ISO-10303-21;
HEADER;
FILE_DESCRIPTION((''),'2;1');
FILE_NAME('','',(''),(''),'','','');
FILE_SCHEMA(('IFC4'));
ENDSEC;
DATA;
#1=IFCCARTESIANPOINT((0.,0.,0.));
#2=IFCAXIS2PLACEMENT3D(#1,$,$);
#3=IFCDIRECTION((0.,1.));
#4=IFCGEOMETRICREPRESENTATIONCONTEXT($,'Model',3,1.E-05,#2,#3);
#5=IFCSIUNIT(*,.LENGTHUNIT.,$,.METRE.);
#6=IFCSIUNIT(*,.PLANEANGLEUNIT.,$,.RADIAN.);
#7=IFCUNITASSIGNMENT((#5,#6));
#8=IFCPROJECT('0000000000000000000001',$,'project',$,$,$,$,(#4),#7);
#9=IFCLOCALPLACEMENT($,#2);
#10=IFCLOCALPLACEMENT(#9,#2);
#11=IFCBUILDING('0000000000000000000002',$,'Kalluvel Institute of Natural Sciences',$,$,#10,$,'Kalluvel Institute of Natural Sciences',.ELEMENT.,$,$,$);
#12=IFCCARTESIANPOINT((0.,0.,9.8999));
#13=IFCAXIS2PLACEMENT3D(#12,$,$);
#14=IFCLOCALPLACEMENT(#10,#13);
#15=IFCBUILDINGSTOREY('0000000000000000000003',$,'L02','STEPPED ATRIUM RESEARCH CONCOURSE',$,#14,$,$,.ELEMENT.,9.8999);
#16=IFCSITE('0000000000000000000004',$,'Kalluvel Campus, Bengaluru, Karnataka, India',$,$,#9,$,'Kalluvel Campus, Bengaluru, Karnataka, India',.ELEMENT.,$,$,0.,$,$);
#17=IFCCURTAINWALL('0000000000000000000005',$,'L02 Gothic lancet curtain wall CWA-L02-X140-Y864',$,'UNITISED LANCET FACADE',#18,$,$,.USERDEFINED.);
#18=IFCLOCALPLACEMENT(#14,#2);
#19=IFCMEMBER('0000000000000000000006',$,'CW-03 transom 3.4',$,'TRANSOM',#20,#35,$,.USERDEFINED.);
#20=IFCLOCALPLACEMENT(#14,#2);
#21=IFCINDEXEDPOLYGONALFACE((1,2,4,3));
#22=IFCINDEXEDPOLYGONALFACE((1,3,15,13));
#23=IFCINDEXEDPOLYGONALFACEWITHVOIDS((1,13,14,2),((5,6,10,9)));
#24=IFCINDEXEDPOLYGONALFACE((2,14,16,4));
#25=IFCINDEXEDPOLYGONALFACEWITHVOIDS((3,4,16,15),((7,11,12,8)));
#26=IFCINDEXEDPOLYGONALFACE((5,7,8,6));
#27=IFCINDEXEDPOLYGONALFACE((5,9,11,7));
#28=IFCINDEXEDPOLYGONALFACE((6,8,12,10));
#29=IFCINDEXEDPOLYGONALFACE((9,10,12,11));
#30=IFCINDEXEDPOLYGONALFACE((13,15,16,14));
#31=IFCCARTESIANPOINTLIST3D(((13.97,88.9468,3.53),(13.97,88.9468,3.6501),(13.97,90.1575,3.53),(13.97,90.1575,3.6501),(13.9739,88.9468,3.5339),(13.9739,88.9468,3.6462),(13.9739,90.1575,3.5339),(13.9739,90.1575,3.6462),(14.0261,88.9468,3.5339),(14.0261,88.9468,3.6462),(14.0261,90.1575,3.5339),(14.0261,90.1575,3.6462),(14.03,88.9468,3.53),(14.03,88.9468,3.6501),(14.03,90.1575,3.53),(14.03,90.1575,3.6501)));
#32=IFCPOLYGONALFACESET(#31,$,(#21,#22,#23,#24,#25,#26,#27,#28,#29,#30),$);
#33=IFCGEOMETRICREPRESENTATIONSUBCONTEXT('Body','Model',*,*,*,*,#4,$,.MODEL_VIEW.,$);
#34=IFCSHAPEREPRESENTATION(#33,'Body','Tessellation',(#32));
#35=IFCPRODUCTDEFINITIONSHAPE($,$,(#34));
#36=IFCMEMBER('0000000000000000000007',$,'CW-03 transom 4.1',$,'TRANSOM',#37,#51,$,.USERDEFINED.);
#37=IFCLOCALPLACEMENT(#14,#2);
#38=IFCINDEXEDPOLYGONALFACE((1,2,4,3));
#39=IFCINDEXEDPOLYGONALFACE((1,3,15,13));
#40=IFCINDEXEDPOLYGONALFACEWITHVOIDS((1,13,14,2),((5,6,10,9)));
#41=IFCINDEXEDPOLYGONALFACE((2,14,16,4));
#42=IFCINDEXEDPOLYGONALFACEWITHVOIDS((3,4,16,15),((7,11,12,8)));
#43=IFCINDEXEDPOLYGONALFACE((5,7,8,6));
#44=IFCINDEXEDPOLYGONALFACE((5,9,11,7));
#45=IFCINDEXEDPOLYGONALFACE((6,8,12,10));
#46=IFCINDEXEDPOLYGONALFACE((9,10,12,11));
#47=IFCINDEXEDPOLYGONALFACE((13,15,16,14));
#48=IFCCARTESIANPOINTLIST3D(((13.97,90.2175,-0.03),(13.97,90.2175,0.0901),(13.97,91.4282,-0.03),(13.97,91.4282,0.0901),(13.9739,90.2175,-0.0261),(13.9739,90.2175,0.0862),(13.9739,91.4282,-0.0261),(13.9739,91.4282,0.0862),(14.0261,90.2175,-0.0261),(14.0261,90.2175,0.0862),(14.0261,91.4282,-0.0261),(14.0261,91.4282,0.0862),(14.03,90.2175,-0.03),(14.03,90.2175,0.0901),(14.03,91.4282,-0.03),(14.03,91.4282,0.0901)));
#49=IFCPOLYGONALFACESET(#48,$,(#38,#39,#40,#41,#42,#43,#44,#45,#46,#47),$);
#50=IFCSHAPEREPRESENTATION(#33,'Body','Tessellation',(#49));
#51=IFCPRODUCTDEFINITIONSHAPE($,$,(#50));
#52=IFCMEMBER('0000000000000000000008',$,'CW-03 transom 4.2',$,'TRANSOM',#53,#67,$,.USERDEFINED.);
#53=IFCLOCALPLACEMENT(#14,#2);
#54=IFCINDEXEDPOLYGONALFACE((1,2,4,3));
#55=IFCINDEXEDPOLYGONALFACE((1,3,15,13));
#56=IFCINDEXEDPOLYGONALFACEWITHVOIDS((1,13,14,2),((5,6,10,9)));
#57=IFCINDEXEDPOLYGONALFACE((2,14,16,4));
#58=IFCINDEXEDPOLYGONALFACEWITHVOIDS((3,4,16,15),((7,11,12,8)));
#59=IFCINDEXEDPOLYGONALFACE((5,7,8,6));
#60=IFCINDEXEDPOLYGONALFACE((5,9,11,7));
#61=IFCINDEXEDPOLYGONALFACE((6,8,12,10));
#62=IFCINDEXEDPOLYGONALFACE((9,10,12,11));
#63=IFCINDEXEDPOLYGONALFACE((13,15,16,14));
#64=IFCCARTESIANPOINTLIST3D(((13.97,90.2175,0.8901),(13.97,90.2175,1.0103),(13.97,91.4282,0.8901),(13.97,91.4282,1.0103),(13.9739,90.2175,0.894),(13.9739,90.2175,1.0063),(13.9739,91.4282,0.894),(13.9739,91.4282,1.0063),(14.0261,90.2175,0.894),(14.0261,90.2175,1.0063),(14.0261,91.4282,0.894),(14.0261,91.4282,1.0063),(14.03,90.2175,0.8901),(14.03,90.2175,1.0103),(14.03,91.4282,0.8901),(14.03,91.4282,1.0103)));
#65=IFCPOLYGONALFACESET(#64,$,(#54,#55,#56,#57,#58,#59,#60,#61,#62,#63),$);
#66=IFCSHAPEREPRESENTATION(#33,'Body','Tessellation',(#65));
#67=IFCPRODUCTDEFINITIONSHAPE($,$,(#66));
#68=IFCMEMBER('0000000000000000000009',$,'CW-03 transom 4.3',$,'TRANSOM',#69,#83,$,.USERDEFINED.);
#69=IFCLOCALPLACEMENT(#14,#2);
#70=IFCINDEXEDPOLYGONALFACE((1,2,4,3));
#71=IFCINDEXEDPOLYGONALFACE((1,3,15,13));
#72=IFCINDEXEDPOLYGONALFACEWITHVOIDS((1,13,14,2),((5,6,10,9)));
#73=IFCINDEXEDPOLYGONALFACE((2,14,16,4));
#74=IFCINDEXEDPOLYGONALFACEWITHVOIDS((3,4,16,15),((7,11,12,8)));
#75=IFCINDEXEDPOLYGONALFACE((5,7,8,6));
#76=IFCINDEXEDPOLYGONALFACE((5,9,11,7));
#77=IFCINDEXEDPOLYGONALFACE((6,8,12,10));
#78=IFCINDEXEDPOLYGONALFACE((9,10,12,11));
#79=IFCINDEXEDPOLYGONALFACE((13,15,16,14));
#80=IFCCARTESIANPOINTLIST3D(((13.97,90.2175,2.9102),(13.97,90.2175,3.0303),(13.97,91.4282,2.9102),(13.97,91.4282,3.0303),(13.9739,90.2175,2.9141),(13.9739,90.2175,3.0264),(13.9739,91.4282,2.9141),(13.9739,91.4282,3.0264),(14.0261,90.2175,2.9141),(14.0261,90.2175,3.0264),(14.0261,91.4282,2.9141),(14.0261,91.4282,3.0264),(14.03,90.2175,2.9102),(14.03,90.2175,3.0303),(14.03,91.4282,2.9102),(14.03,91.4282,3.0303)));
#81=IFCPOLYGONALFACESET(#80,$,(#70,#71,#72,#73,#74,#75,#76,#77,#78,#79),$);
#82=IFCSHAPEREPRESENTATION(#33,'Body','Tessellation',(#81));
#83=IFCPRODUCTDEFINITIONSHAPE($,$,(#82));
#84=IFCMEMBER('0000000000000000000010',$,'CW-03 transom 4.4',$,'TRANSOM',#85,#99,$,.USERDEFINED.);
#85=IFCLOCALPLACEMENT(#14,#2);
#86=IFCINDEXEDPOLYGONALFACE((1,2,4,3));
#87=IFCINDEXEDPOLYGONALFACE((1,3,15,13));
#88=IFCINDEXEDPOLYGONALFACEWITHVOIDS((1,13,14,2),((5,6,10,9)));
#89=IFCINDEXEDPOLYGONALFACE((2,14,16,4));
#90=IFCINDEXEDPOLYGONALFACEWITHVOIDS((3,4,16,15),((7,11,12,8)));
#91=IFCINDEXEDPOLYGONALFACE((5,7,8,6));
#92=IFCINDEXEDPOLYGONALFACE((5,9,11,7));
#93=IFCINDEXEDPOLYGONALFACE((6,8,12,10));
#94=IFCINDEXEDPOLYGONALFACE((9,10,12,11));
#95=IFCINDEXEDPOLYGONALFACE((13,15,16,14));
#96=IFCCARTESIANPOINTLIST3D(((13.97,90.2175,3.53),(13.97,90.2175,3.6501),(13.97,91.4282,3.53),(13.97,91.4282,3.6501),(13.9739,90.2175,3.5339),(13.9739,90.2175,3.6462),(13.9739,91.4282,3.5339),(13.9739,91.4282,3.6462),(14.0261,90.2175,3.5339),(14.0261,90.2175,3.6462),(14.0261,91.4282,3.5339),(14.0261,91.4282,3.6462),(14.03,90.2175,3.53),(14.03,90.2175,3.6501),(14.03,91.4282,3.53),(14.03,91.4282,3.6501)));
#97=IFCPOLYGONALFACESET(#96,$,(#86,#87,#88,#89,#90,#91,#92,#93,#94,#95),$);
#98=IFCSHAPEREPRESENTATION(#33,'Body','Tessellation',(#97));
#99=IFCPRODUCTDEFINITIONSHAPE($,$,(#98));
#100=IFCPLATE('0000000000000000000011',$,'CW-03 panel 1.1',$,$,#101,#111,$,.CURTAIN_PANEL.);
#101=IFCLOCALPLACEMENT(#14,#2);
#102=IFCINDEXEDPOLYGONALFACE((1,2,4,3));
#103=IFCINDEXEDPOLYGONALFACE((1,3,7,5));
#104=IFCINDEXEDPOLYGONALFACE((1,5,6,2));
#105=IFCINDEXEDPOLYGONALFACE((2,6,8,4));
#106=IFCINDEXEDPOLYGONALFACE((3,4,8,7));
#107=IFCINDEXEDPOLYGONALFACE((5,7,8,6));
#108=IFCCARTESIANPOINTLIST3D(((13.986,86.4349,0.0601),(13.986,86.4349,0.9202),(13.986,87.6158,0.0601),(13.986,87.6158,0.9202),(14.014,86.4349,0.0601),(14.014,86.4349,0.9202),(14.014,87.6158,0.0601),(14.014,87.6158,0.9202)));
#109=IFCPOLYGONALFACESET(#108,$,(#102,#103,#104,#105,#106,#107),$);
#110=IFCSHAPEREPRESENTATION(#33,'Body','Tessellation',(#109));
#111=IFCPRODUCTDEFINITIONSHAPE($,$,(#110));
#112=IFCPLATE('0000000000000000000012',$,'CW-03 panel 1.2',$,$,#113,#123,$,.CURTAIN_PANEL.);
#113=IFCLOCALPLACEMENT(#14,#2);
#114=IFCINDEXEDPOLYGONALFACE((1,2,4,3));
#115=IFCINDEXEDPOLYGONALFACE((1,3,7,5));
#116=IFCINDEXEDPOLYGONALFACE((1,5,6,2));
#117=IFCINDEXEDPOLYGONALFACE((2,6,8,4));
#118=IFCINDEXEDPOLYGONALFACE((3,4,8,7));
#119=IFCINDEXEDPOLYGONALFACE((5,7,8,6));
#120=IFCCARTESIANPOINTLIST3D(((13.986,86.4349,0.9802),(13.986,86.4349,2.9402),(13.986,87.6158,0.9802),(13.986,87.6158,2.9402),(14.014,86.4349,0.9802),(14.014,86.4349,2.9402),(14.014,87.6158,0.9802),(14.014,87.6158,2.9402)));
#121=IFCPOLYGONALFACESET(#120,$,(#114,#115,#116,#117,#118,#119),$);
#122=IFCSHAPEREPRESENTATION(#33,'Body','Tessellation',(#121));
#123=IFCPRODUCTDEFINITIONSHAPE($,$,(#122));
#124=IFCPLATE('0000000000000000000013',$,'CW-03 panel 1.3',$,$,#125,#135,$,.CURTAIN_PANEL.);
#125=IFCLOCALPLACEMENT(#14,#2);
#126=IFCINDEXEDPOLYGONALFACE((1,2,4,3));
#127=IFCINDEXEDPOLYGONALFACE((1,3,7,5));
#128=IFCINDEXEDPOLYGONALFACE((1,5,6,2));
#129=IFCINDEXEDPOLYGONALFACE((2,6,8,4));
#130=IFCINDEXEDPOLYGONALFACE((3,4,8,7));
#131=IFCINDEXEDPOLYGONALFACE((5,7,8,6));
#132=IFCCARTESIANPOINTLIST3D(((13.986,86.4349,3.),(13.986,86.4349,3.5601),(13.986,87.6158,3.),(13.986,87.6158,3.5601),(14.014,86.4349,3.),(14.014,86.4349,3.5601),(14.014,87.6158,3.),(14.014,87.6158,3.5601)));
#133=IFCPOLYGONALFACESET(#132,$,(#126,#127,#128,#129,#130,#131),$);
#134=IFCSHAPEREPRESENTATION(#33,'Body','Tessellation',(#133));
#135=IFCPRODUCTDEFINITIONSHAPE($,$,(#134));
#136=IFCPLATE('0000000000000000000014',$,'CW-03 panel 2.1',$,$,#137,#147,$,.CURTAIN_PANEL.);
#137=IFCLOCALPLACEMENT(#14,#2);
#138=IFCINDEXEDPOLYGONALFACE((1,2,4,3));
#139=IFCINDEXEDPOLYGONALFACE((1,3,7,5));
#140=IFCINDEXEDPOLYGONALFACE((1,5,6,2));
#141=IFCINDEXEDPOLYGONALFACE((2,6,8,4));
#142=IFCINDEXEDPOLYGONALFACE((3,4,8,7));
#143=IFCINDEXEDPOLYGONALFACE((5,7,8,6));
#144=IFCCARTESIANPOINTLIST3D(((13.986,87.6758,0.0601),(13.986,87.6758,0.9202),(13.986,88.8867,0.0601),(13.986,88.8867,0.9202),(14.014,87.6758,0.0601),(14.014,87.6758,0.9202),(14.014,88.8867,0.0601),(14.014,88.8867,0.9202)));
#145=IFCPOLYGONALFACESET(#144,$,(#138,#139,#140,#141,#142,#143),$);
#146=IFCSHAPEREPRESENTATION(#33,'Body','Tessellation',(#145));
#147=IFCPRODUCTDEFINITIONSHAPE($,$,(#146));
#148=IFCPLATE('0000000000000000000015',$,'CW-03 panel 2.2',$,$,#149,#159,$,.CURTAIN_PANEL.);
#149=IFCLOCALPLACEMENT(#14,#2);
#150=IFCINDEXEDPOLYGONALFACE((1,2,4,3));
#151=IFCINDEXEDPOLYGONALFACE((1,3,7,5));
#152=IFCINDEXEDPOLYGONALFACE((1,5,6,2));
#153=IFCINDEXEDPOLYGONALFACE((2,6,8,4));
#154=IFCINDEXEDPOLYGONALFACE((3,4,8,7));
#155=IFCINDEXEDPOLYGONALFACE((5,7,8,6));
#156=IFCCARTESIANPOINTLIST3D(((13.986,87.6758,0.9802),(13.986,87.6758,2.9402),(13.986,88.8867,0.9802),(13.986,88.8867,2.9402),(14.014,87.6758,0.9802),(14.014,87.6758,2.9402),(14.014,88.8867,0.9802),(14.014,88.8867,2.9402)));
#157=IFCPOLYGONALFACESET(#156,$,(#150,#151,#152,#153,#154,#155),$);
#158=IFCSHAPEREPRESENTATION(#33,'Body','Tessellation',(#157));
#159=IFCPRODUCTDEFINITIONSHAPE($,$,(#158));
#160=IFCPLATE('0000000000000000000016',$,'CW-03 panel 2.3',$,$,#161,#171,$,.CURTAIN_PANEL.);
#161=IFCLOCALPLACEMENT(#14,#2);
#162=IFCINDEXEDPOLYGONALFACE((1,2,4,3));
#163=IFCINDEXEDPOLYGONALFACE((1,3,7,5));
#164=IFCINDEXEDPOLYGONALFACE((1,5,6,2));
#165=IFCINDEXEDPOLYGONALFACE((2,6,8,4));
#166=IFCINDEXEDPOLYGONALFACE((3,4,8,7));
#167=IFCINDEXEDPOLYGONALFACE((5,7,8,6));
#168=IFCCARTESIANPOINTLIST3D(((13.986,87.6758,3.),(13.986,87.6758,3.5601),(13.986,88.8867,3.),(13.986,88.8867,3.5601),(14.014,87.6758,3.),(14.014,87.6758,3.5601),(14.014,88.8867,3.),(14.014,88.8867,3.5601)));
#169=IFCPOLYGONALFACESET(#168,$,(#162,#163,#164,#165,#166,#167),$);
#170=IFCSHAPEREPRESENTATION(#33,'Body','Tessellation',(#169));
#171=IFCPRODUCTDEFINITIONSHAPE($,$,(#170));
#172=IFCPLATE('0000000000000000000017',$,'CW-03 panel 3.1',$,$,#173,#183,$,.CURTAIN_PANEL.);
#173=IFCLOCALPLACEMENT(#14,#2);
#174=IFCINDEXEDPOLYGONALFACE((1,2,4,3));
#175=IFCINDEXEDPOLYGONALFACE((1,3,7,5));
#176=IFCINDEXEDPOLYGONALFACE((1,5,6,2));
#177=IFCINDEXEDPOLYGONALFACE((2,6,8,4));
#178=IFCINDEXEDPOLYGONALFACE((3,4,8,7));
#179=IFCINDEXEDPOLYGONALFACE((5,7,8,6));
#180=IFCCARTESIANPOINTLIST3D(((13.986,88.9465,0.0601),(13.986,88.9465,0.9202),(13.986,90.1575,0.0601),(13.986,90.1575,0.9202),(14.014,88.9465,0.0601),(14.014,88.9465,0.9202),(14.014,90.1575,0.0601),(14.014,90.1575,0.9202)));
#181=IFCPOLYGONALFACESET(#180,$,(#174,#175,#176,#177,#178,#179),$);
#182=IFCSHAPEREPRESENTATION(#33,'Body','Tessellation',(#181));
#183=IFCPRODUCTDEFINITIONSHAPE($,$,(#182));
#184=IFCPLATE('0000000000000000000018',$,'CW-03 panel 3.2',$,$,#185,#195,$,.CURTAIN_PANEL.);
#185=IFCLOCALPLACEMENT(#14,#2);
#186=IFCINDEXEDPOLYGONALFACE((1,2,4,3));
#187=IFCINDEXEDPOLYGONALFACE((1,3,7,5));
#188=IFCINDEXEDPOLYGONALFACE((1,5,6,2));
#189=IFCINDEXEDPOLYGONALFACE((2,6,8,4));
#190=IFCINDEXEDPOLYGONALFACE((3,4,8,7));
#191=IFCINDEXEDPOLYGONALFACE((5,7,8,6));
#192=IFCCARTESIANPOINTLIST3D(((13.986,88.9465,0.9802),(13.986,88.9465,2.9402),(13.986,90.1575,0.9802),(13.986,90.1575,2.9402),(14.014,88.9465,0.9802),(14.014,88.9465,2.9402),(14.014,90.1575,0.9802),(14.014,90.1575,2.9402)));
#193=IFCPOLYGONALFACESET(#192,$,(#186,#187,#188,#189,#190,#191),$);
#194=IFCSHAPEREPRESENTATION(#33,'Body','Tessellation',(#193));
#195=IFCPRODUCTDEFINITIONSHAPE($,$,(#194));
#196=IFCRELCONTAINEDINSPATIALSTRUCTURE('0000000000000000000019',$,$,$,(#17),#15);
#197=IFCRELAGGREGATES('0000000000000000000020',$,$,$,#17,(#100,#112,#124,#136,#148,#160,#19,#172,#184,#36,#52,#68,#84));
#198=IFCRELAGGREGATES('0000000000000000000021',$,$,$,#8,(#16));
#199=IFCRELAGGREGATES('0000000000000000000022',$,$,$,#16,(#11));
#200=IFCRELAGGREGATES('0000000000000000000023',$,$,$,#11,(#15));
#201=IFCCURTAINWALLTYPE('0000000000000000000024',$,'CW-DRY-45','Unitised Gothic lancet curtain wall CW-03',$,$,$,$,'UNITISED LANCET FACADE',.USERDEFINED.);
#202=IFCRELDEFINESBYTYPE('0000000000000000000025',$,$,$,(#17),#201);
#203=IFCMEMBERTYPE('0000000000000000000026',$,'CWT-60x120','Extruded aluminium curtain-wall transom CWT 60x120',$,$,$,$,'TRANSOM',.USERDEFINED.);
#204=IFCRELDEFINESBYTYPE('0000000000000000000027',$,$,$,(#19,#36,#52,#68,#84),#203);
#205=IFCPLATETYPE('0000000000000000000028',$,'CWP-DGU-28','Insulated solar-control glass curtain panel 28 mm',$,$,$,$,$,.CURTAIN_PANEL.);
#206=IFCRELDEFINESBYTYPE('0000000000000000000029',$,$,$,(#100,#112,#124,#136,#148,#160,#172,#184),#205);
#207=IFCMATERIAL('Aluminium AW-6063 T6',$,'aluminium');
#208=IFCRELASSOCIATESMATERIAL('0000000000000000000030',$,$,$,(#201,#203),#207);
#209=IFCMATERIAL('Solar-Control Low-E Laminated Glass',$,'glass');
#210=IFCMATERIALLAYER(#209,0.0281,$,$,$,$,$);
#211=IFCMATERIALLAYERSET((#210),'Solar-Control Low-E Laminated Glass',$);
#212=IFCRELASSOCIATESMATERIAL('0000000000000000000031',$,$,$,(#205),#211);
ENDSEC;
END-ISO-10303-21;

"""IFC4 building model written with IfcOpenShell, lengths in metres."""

from ifc_helpers import new_model, si_unit, direction, frame, origin, origin_2d, place, context, subcontext, project, spatial, rectangle, hollow_rectangle, extrude, material, layer, layer_set, material_profile, profile_set, type_object, element, aggregate, save


model = new_model("IFC4")

# Units and contexts
model_context = context("Model", 3, precision=1e-05, world=origin(), true_north=direction((0.0, 1.0)))
body_context = subcontext(model_context, "Body", "Model", "MODEL_VIEW")
ifc_project = project(units=[si_unit("LENGTHUNIT", "METRE"), si_unit("PLANEANGLEUNIT", "RADIAN")], contexts=[model_context])

# Site, building, storey
site_placement = place(None, origin())
site = spatial("IfcSite", under=ifc_project, at=site_placement, Name="Kalluvel Campus, Bengaluru, Karnataka, India", LongName="Kalluvel Campus, Bengaluru, Karnataka, India", CompositionType="ELEMENT", RefElevation=0.0)
building_placement = place(site_placement, origin())
building = spatial("IfcBuilding", under=site, at=building_placement, Name="Kalluvel Institute of Natural Sciences", LongName="Kalluvel Institute of Natural Sciences", CompositionType="ELEMENT")
storey_placement = place(building_placement, frame((0.0, 0.0, 9.8999)))
storey = spatial("IfcBuildingStorey", under=building, at=storey_placement, Name="L02", Description="STEPPED ATRIUM RESEARCH CONCOURSE", CompositionType="ELEMENT", Elevation=9.8999)

# Curtain wall, members, plates
ifc_material_1 = material(Name="Aluminium AW-6063 T6", Category="aluminium")
curtain_wall_type = type_object("IfcCurtainWallType", Name="CW-DRY-45", Description="Unitised Gothic lancet curtain wall CW-03", ElementType="UNITISED LANCET FACADE", PredefinedType="USERDEFINED", material=ifc_material_1)
curtain_wall_placement = place(storey_placement, origin())
curtain_wall = element("IfcCurtainWall", 1, at=curtain_wall_placement, inside=storey, type_object=curtain_wall_type, Name="L02 Gothic lancet curtain wall CWA-L02-X140-Y864", ObjectType="UNITISED LANCET FACADE", PredefinedType="USERDEFINED")
ifc_material_profile_1 = material_profile(ifc_material_1, hollow_rectangle(XDim=0.0601, YDim=0.1201, WallThickness=0.0039, at=origin_2d()), Name="CWT 60x120")
ifc_profile_set_1 = profile_set([ifc_material_profile_1], Name="Aluminium AW-6063 T6")
member_type_1 = type_object("IfcMemberType", Name="CWT-60x120", Description="Extruded aluminium curtain-wall transom CWT 60x120", ElementType="TRANSOM", PredefinedType="USERDEFINED", material=ifc_profile_set_1)
member_1_placement = place(storey_placement, frame((14.0, 88.9468, 3.5901), z_axis=(0.0, 1.0, 0.0), x_axis=(-1.0, 0.0, 0.0)))
member_1 = element("IfcMember", 2, at=member_1_placement, type_object=member_type_1, Name="CW-03 transom 3.4", ObjectType="TRANSOM", PredefinedType="USERDEFINED", context=body_context, shape_type="SweptSolid", body=[
    extrude(hollow_rectangle(XDim=0.0601, YDim=0.1201, WallThickness=0.0039, at=origin_2d()), origin(), (0.0, 0.0, 1.0), 1.2107),
])
member_2_placement = place(storey_placement, frame((14.0, 90.2175, 0.03), z_axis=(0.0, 1.0, 0.0), x_axis=(-1.0, 0.0, 0.0)))
member_2 = element("IfcMember", 3, at=member_2_placement, type_object=member_type_1, Name="CW-03 transom 4.1", ObjectType="TRANSOM", PredefinedType="USERDEFINED", context=body_context, shape_type="SweptSolid", body=[
    extrude(hollow_rectangle(XDim=0.0601, YDim=0.1201, WallThickness=0.0039, at=origin_2d()), origin(), (0.0, 0.0, 1.0), 1.2107),
])
member_3_placement = place(storey_placement, frame((14.0, 90.2175, 0.9502), z_axis=(0.0, 1.0, 0.0), x_axis=(-1.0, 0.0, 0.0)))
member_3 = element("IfcMember", 4, at=member_3_placement, type_object=member_type_1, Name="CW-03 transom 4.2", ObjectType="TRANSOM", PredefinedType="USERDEFINED", context=body_context, shape_type="SweptSolid", body=[
    extrude(hollow_rectangle(XDim=0.0601, YDim=0.1201, WallThickness=0.0039, at=origin_2d()), origin(), (0.0, 0.0, 1.0), 1.2107),
])
member_4_placement = place(storey_placement, frame((14.0, 90.2175, 2.9702), z_axis=(0.0, 1.0, 0.0), x_axis=(-1.0, 0.0, 0.0)))
member_4 = element("IfcMember", 5, at=member_4_placement, type_object=member_type_1, Name="CW-03 transom 4.3", ObjectType="TRANSOM", PredefinedType="USERDEFINED", context=body_context, shape_type="SweptSolid", body=[
    extrude(hollow_rectangle(XDim=0.0601, YDim=0.1201, WallThickness=0.0039, at=origin_2d()), origin(), (0.0, 0.0, 1.0), 1.2107),
])
member_5_placement = place(storey_placement, frame((14.0, 90.2175, 3.5901), z_axis=(0.0, 1.0, 0.0), x_axis=(-1.0, 0.0, 0.0)))
member_5 = element("IfcMember", 6, at=member_5_placement, type_object=member_type_1, Name="CW-03 transom 4.4", ObjectType="TRANSOM", PredefinedType="USERDEFINED", context=body_context, shape_type="SweptSolid", body=[
    extrude(hollow_rectangle(XDim=0.0601, YDim=0.1201, WallThickness=0.0039, at=origin_2d()), origin(), (0.0, 0.0, 1.0), 1.2107),
])
ifc_material_2 = material(Name="Solar-Control Low-E Laminated Glass", Category="glass")
ifc_layer = layer(ifc_material_2, 0.0281)
ifc_layer_set = layer_set([ifc_layer], Name="Solar-Control Low-E Laminated Glass")
plate_type = type_object("IfcPlateType", Name="CWP-DGU-28", Description="Insulated solar-control glass curtain panel 28 mm", PredefinedType="CURTAIN_PANEL", material=ifc_layer_set)
plate_1_placement = place(storey_placement, frame((14.0, 87.0254, 0.0601), z_axis=(0.0, 0.0, 1.0), x_axis=(0.0, 1.0, 0.0)))
plate_1 = element("IfcPlate", 7, at=plate_1_placement, type_object=plate_type, Name="CW-03 panel 1.1", PredefinedType="CURTAIN_PANEL", context=body_context, shape_type="SweptSolid", body=[
    extrude(rectangle(XDim=1.1809, YDim=0.0281, at=origin_2d()), origin(), (0.0, 0.0, 1.0), 0.8601),
])
plate_2_placement = place(storey_placement, frame((14.0, 87.0254, 0.9802), z_axis=(0.0, 0.0, 1.0), x_axis=(0.0, 1.0, 0.0)))
plate_2 = element("IfcPlate", 8, at=plate_2_placement, type_object=plate_type, Name="CW-03 panel 1.2", PredefinedType="CURTAIN_PANEL", context=body_context, shape_type="SweptSolid", body=[
    extrude(rectangle(XDim=1.1809, YDim=0.0281, at=origin_2d()), origin(), (0.0, 0.0, 1.0), 1.96),
])
plate_3_placement = place(storey_placement, frame((14.0, 87.0254, 3.0), z_axis=(0.0, 0.0, 1.0), x_axis=(0.0, 1.0, 0.0)))
plate_3 = element("IfcPlate", 9, at=plate_3_placement, type_object=plate_type, Name="CW-03 panel 1.3", PredefinedType="CURTAIN_PANEL", context=body_context, shape_type="SweptSolid", body=[
    extrude(rectangle(XDim=1.1809, YDim=0.0281, at=origin_2d()), origin(), (0.0, 0.0, 1.0), 0.5601),
])
plate_4_placement = place(storey_placement, frame((14.0, 88.2812, 0.0601), z_axis=(0.0, 0.0, 1.0), x_axis=(0.0, 1.0, 0.0)))
plate_4 = element("IfcPlate", 10, at=plate_4_placement, type_object=plate_type, Name="CW-03 panel 2.1", PredefinedType="CURTAIN_PANEL", context=body_context, shape_type="SweptSolid", body=[
    extrude(rectangle(XDim=1.2109, YDim=0.0281, at=origin_2d()), origin(), (0.0, 0.0, 1.0), 0.8601),
])
plate_5_placement = place(storey_placement, frame((14.0, 88.2812, 0.9802), z_axis=(0.0, 0.0, 1.0), x_axis=(0.0, 1.0, 0.0)))
plate_5 = element("IfcPlate", 11, at=plate_5_placement, type_object=plate_type, Name="CW-03 panel 2.2", PredefinedType="CURTAIN_PANEL", context=body_context, shape_type="SweptSolid", body=[
    extrude(rectangle(XDim=1.2109, YDim=0.0281, at=origin_2d()), origin(), (0.0, 0.0, 1.0), 1.96),
])
plate_6_placement = place(storey_placement, frame((14.0, 88.2812, 3.0), z_axis=(0.0, 0.0, 1.0), x_axis=(0.0, 1.0, 0.0)))
plate_6 = element("IfcPlate", 12, at=plate_6_placement, type_object=plate_type, Name="CW-03 panel 2.3", PredefinedType="CURTAIN_PANEL", context=body_context, shape_type="SweptSolid", body=[
    extrude(rectangle(XDim=1.2109, YDim=0.0281, at=origin_2d()), origin(), (0.0, 0.0, 1.0), 0.5601),
])
plate_7_placement = place(storey_placement, frame((14.0, 89.552, 0.0601), z_axis=(0.0, 0.0, 1.0), x_axis=(0.0, 1.0, 0.0)))
plate_7 = element("IfcPlate", 13, at=plate_7_placement, type_object=plate_type, Name="CW-03 panel 3.1", PredefinedType="CURTAIN_PANEL", context=body_context, shape_type="SweptSolid", body=[
    extrude(rectangle(XDim=1.2109, YDim=0.0281, at=origin_2d()), origin(), (0.0, 0.0, 1.0), 0.8601),
])
plate_8_placement = place(storey_placement, frame((14.0, 89.552, 0.9802), z_axis=(0.0, 0.0, 1.0), x_axis=(0.0, 1.0, 0.0)))
plate_8 = element("IfcPlate", 14, at=plate_8_placement, type_object=plate_type, Name="CW-03 panel 3.2", PredefinedType="CURTAIN_PANEL", context=body_context, shape_type="SweptSolid", body=[
    extrude(rectangle(XDim=1.2109, YDim=0.0281, at=origin_2d()), origin(), (0.0, 0.0, 1.0), 1.96),
])
aggregate(curtain_wall, [plate_1, plate_2, plate_3, plate_4, plate_5, plate_6, member_1, plate_7, plate_8, member_2, member_3, member_4, member_5])

save(model, "model.ifc")
